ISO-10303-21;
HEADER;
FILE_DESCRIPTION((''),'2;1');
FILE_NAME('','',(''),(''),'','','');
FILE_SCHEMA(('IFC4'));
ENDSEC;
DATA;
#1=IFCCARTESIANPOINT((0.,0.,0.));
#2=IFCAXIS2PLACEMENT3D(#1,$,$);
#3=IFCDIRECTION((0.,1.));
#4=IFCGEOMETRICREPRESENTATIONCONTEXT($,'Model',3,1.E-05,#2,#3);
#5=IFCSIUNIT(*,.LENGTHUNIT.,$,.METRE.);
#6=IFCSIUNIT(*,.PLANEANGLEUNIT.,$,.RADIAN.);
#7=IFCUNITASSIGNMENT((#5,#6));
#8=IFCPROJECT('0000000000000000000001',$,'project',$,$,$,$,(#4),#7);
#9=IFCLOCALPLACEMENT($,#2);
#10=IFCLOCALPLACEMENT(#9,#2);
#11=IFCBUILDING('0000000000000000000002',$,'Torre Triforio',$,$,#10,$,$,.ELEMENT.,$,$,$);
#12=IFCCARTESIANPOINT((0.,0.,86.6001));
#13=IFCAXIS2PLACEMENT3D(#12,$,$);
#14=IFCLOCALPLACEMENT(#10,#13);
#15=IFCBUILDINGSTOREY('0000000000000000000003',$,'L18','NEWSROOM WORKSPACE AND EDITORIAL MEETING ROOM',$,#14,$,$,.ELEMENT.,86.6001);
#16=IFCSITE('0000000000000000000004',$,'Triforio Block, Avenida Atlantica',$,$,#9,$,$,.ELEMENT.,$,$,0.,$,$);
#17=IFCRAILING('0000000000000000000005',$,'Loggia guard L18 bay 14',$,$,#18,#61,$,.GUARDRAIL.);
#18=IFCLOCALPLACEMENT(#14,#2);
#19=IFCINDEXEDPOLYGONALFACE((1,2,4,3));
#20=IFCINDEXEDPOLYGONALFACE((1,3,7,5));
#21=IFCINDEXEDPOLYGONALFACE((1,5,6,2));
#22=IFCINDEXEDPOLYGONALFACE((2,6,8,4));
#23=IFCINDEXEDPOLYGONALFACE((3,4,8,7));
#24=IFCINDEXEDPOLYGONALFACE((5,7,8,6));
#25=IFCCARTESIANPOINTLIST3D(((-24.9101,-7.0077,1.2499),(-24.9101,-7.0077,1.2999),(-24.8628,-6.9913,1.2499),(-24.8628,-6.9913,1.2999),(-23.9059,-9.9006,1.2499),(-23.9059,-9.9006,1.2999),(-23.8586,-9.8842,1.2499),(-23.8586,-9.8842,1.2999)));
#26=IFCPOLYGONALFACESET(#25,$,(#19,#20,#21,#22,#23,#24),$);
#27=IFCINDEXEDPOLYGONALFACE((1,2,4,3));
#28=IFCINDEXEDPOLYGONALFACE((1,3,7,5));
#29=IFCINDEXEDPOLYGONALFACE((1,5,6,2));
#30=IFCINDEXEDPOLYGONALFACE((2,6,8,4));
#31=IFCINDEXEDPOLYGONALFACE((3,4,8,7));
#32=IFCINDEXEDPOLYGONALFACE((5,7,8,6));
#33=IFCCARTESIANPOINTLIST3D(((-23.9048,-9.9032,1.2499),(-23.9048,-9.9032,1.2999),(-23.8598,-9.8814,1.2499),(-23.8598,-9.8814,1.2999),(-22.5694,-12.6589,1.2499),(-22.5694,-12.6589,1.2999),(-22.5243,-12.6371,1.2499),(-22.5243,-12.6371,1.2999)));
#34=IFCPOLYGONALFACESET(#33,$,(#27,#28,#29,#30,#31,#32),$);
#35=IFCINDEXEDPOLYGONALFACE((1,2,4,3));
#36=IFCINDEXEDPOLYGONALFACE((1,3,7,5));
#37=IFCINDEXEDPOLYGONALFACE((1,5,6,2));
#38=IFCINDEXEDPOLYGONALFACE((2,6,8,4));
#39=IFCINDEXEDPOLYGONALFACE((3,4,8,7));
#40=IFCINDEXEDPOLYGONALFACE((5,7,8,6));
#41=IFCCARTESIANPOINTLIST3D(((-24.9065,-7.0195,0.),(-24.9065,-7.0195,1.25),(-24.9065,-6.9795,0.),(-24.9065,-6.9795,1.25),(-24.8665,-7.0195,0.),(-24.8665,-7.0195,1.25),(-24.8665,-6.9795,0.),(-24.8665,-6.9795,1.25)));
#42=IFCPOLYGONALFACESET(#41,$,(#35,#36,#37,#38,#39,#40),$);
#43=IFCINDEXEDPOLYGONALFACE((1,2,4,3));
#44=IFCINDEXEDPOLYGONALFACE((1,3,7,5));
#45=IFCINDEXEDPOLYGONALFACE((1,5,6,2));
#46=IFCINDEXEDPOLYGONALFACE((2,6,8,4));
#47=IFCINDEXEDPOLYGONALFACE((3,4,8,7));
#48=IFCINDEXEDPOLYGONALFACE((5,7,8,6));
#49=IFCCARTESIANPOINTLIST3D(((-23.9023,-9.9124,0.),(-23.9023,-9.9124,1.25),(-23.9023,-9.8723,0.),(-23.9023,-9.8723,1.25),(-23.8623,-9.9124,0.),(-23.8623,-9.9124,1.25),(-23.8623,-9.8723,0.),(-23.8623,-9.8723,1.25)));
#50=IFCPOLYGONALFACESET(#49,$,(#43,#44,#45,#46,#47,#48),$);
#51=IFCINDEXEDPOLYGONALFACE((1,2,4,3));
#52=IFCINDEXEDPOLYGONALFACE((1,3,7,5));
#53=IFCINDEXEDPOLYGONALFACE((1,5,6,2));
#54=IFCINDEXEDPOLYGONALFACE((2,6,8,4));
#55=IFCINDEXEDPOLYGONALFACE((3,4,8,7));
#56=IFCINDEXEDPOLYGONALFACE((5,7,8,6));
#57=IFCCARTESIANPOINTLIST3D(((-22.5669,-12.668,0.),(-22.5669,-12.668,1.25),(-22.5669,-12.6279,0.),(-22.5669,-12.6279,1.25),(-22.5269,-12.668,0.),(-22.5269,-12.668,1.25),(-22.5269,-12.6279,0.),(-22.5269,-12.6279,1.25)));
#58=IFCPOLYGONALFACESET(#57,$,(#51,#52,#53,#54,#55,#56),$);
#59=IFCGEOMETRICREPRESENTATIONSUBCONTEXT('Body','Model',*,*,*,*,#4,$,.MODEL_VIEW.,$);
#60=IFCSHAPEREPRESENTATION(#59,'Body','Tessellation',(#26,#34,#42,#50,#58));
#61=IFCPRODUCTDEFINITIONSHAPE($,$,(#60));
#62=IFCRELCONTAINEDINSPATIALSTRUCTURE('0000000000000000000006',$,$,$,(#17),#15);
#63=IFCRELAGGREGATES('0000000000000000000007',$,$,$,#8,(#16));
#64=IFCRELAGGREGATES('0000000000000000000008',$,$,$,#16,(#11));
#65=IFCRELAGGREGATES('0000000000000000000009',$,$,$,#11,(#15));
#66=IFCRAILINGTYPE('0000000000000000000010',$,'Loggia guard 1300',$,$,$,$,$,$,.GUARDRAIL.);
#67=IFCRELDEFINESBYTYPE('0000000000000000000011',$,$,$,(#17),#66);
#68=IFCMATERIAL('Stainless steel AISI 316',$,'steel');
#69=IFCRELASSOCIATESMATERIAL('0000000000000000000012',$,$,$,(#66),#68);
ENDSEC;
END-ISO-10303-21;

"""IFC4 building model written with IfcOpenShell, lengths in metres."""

from ifc_helpers import new_model, si_unit, direction, frame, origin, origin_2d, place, context, subcontext, project, spatial, rectangle, extrude, material, type_object, element, save


model = new_model("IFC4")

# Units and contexts
model_context = context("Model", 3, precision=1e-05, world=origin(), true_north=direction((0.0, 1.0)))
body_context = subcontext(model_context, "Body", "Model", "MODEL_VIEW")
ifc_project = project(units=[si_unit("LENGTHUNIT", "METRE"), si_unit("PLANEANGLEUNIT", "RADIAN")], contexts=[model_context])

# Site, building, storey
site_placement = place(None, origin())
site = spatial("IfcSite", under=ifc_project, at=site_placement, Name="Triforio Block, Avenida Atlantica", CompositionType="ELEMENT", RefElevation=0.0)
building_placement = place(site_placement, origin())
building = spatial("IfcBuilding", under=site, at=building_placement, Name="Torre Triforio", CompositionType="ELEMENT")
storey_placement = place(building_placement, frame((0.0, 0.0, 86.6001)))
storey = spatial("IfcBuildingStorey", under=building, at=storey_placement, Name="L18", Description="NEWSROOM WORKSPACE AND EDITORIAL MEETING ROOM", CompositionType="ELEMENT", Elevation=86.6001)

# Railing
ifc_material_1 = material(Name="Stainless steel AISI 316", Category="steel")
railing_type = type_object("IfcRailingType", Name="Loggia guard 1300", PredefinedType="GUARDRAIL", material=ifc_material_1)
railing_1_placement = place(storey_placement, frame((-24.8865, -6.9995, 0.0)))
element("IfcRailing", 1, at=railing_1_placement, inside=storey, type_object=railing_type, Name="Loggia guard L18 bay 14", PredefinedType="GUARDRAIL", context=body_context, shape_type="SweptSolid", body=[
    extrude(rectangle(XDim=0.05, YDim=0.05, at=origin_2d()), frame((0.0, 0.0, 1.2749), z_axis=(0.327924, -0.944704, 0.0), x_axis=(0.944704, 0.327924, 0.0)), (0.0, 0.0, 1.0), 3.0623),
    extrude(rectangle(XDim=0.05, YDim=0.05, at=origin_2d()), frame((1.0042, -2.8928, 1.2749), z_axis=(0.436113, -0.899892, 0.0), x_axis=(0.899892, 0.436113, 0.0)), (0.0, 0.0, 1.0), 3.0623),
    extrude(rectangle(XDim=0.04, YDim=0.04, at=origin_2d()), origin(), (0.0, 0.0, 1.0), 1.25),
    extrude(rectangle(XDim=0.04, YDim=0.04, at=origin_2d()), frame((1.0042, -2.8928, 0.0)), (0.0, 0.0, 1.0), 1.25),
    extrude(rectangle(XDim=0.04, YDim=0.04, at=origin_2d()), frame((2.3396, -5.6484, 0.0)), (0.0, 0.0, 1.0), 1.25),
])

save(model, "model.ifc")
